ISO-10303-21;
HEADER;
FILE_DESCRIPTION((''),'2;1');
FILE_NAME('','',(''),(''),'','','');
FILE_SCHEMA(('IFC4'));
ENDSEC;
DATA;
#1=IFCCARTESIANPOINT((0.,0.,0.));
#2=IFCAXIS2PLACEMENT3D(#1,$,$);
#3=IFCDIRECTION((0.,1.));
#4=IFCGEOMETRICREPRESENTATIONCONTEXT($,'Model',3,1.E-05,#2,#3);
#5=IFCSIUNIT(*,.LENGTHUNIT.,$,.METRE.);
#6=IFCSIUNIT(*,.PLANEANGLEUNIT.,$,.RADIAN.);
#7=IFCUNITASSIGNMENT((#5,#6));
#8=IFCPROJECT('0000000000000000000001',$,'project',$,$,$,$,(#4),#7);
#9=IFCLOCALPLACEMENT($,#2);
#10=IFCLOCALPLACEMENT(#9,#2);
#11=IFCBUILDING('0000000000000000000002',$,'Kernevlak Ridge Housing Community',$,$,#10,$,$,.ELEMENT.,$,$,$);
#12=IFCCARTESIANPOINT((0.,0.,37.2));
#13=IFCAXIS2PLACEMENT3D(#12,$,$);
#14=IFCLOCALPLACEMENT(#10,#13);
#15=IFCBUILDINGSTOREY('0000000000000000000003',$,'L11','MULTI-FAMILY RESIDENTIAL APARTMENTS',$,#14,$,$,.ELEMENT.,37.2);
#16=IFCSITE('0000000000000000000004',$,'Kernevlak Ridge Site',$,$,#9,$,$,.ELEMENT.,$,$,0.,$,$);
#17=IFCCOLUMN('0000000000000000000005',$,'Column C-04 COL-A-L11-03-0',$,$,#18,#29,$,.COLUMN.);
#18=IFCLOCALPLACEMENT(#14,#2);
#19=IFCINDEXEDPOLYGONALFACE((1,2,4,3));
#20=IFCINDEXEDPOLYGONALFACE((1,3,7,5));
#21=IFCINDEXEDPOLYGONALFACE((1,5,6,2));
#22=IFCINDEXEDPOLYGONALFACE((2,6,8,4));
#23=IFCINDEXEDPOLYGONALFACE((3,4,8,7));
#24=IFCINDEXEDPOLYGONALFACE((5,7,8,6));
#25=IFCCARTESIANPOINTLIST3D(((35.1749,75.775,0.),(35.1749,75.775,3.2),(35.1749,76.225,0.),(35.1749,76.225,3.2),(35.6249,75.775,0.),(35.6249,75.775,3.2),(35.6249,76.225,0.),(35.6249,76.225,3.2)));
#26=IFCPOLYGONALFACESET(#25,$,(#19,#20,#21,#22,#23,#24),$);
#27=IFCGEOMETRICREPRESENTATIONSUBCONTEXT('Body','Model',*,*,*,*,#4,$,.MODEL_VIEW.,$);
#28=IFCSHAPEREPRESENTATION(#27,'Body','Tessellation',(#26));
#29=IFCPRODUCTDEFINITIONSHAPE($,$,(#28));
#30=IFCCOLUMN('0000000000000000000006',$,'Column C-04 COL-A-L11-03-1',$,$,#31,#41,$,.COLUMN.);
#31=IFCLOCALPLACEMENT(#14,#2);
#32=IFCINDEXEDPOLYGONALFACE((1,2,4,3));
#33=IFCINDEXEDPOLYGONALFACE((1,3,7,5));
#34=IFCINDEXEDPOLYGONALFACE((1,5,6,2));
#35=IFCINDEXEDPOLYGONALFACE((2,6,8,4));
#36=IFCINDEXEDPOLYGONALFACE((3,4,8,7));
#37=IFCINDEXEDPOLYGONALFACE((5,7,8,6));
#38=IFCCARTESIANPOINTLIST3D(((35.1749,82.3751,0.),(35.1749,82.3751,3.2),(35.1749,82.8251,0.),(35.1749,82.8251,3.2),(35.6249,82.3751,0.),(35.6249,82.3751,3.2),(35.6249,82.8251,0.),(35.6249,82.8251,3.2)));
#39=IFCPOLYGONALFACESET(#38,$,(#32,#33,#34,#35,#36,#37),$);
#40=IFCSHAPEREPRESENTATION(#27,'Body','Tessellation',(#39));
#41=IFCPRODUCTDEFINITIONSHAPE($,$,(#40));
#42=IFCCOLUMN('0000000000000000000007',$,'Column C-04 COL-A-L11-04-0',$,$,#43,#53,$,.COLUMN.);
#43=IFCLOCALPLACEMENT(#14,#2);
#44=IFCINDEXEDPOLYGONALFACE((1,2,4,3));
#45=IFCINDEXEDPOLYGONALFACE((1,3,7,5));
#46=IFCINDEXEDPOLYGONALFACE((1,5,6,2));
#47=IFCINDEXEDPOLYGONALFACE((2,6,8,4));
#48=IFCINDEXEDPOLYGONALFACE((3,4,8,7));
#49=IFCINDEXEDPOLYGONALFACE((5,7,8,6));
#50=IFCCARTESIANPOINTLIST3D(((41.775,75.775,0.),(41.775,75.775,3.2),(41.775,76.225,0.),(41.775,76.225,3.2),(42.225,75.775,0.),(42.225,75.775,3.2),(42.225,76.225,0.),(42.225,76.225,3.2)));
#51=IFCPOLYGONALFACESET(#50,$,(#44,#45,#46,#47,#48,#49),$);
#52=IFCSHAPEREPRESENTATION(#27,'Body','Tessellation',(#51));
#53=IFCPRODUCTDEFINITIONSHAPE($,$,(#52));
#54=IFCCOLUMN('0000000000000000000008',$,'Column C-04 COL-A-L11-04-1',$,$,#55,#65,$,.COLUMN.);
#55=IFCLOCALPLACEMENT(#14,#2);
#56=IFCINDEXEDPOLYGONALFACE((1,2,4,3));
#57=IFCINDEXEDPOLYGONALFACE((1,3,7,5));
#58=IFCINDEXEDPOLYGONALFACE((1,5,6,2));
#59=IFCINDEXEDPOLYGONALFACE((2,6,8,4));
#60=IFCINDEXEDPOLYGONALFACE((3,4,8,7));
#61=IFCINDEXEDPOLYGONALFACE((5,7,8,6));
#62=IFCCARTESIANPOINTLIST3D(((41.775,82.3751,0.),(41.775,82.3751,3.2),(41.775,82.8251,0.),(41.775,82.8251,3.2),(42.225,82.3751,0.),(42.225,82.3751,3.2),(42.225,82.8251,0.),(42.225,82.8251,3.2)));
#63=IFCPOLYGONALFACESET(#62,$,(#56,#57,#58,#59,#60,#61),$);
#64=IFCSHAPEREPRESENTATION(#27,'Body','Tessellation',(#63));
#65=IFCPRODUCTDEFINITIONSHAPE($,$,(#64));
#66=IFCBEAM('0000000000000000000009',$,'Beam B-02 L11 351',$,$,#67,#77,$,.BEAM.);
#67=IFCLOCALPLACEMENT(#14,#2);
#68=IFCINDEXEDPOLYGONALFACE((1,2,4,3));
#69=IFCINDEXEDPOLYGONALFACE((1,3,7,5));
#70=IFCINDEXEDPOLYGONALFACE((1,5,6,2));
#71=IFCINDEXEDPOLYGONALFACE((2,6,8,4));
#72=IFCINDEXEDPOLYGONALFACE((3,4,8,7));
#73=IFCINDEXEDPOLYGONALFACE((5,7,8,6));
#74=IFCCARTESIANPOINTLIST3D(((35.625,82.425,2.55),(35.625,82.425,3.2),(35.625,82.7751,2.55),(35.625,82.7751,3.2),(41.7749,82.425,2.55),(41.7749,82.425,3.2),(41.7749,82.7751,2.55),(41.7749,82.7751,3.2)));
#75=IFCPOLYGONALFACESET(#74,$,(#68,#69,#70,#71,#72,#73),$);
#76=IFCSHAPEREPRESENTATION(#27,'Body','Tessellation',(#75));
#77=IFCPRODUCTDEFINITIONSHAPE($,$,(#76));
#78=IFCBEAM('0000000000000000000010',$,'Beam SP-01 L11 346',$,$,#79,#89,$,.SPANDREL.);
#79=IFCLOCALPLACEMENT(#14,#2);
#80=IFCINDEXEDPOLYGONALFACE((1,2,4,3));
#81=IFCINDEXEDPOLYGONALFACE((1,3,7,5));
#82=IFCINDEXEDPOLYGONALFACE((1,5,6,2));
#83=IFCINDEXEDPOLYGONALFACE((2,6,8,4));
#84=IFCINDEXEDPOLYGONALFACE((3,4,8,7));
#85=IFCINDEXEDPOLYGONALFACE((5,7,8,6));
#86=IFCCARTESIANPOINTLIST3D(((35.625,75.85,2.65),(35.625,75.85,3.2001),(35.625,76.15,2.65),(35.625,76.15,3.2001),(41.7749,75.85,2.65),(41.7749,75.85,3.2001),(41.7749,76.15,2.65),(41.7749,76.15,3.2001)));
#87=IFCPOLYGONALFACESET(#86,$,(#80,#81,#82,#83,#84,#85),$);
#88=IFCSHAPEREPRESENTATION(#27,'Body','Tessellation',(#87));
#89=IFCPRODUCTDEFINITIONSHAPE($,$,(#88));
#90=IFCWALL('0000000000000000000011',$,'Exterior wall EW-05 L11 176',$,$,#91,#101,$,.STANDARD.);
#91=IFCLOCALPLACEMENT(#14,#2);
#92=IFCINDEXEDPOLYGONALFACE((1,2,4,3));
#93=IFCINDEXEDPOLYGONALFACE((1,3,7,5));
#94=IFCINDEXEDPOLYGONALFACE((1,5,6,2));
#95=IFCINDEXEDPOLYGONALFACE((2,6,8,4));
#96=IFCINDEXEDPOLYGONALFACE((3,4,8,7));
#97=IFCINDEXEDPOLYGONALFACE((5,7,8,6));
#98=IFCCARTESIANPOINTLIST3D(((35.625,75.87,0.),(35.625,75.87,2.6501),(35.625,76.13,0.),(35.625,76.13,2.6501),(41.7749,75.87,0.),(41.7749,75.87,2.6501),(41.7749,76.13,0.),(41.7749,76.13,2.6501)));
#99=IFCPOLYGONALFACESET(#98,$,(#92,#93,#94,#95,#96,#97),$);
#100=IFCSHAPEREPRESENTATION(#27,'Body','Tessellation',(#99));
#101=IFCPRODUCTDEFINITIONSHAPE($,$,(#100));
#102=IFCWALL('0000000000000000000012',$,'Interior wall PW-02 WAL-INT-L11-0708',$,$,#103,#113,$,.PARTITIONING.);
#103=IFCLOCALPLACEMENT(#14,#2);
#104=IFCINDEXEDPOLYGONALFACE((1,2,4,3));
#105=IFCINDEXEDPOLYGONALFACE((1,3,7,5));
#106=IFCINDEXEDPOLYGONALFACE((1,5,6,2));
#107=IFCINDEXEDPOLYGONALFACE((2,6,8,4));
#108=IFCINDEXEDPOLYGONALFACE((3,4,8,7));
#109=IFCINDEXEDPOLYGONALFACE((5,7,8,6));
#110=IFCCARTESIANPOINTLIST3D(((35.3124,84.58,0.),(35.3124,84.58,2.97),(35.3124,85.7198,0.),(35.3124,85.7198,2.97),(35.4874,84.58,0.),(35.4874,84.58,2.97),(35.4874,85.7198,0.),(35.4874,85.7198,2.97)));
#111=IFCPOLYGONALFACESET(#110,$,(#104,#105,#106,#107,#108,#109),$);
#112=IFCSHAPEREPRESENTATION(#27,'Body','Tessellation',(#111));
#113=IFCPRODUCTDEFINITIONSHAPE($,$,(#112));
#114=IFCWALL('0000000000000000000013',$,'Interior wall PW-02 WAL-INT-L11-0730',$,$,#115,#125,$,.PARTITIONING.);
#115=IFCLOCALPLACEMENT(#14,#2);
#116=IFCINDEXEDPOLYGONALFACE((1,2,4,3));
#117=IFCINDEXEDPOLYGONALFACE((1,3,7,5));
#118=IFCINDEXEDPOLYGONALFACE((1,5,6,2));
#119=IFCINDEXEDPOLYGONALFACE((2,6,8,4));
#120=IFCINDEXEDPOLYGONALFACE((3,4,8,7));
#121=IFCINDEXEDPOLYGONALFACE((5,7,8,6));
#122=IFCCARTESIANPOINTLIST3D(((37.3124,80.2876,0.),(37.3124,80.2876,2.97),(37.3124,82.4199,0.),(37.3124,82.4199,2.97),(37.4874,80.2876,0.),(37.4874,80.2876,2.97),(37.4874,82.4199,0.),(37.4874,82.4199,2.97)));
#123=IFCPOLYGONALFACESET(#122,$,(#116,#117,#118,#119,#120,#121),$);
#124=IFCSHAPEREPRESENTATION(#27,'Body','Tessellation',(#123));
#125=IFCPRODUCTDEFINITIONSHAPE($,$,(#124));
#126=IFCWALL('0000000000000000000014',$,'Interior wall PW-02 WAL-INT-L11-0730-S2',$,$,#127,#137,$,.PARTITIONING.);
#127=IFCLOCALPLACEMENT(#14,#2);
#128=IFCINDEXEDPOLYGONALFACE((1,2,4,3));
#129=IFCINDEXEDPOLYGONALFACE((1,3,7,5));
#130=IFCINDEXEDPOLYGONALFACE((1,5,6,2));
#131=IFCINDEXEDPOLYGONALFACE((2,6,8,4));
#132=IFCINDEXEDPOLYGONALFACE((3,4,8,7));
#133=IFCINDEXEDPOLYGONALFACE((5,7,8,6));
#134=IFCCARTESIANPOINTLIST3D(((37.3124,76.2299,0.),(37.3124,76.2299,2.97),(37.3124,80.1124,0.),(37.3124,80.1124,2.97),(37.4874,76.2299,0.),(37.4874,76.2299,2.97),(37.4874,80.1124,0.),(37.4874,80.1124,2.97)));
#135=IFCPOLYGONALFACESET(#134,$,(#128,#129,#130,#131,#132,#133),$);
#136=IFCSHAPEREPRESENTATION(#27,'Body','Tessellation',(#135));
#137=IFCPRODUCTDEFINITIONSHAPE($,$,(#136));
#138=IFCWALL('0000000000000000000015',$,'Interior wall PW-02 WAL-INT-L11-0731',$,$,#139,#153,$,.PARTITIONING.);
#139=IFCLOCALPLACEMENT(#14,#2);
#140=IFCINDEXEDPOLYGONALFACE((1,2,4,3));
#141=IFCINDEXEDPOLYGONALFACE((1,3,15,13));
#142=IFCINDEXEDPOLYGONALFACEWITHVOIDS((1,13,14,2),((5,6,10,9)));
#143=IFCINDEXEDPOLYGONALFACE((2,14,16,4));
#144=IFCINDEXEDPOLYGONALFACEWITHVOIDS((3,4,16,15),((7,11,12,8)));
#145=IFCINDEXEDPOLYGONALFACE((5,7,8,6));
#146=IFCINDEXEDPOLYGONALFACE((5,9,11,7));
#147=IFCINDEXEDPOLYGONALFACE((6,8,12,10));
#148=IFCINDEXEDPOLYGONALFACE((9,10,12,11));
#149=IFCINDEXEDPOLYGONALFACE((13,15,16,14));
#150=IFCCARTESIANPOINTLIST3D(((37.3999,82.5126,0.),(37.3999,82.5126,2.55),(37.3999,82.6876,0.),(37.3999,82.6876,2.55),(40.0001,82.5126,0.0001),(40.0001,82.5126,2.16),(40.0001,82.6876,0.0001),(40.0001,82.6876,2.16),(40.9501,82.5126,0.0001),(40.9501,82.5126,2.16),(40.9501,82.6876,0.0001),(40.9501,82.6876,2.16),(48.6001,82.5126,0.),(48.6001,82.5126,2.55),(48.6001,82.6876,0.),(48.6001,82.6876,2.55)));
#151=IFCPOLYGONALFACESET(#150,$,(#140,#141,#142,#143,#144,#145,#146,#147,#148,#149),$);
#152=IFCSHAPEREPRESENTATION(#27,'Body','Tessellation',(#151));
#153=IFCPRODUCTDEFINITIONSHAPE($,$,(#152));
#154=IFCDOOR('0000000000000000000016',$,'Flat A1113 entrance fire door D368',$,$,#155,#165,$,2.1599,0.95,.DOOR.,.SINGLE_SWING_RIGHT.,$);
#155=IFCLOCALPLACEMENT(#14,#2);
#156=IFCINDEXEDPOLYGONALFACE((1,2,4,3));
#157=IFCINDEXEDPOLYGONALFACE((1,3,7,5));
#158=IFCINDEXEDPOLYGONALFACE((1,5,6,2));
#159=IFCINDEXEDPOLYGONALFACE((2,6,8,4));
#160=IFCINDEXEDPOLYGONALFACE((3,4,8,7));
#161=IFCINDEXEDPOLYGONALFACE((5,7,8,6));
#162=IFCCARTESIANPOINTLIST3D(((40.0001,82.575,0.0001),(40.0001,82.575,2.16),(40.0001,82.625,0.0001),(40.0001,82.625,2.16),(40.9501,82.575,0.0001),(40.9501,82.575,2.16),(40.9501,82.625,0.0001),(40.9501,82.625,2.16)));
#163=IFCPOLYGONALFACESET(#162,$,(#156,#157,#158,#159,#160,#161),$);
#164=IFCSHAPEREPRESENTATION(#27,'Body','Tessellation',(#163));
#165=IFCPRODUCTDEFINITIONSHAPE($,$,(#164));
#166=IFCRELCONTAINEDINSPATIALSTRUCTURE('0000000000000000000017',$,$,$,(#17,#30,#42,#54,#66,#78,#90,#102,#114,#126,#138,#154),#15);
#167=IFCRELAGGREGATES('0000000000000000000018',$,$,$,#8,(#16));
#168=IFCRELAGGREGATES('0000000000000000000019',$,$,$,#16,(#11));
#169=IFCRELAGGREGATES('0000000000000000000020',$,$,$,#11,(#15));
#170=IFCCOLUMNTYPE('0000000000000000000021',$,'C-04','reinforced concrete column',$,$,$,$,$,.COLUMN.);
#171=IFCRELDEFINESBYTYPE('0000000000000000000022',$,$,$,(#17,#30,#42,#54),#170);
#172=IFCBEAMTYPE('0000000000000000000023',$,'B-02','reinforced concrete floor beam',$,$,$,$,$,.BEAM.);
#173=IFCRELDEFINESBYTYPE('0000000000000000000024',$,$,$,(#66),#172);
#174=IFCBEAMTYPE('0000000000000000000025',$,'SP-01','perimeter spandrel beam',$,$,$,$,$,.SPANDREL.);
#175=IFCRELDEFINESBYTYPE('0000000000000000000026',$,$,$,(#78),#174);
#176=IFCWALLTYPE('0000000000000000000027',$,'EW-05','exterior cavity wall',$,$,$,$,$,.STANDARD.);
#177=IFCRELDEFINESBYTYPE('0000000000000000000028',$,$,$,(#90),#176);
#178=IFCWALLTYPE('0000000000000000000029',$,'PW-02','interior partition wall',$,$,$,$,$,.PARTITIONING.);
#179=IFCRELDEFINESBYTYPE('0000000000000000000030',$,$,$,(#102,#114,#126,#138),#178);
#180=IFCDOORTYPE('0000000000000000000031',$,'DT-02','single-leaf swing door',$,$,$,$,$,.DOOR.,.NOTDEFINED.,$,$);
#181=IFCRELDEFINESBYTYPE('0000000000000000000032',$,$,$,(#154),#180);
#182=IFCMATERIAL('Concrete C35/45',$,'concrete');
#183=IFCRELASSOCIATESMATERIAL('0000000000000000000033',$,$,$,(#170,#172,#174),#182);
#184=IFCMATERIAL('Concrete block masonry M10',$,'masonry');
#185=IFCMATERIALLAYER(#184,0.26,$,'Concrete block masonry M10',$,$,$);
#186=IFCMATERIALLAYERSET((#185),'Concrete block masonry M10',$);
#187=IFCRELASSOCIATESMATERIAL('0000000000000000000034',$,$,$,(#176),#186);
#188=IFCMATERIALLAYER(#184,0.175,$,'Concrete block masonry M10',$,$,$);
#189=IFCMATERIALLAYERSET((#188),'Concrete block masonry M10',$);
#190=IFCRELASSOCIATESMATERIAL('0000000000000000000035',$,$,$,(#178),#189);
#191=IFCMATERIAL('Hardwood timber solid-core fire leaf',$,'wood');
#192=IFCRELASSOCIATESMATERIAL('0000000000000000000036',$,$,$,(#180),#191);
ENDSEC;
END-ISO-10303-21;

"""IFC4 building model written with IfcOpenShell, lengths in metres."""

from ifc_helpers import new_model, si_unit, direction, frame, frame_2d, origin, origin_2d, place, context, subcontext, project, spatial, rectangle, extrude, material, layer, layer_set, material_profile, profile_set, type_object, element, fill, save


model = new_model("IFC4")

# Units and contexts
model_context = context("Model", 3, precision=1e-05, world=origin(), true_north=direction((0.0, 1.0)))
body_context = subcontext(model_context, "Body", "Model", "MODEL_VIEW")
ifc_project = project(units=[si_unit("LENGTHUNIT", "METRE"), si_unit("PLANEANGLEUNIT", "RADIAN")], contexts=[model_context])

# Site, building, storey
site_placement = place(None, origin())
site = spatial("IfcSite", under=ifc_project, at=site_placement, Name="Kernevlak Ridge Site", CompositionType="ELEMENT", RefElevation=0.0)
building_placement = place(site_placement, origin())
building = spatial("IfcBuilding", under=site, at=building_placement, Name="Kernevlak Ridge Housing Community", CompositionType="ELEMENT")
storey_placement = place(building_placement, frame((0.0, 0.0, 37.2)))
storey = spatial("IfcBuildingStorey", under=building, at=storey_placement, Name="L11", Description="MULTI-FAMILY RESIDENTIAL APARTMENTS", CompositionType="ELEMENT", Elevation=37.2)

# Columns
ifc_material_1 = material(Name="Concrete C35/45", Category="concrete")
ifc_material_profile_1 = material_profile(ifc_material_1, rectangle(XDim=0.45, YDim=0.45, at=origin_2d()), Name="RC 450x450")
ifc_profile_set_1 = profile_set([ifc_material_profile_1], Name="Concrete C35/45")
column_type = type_object("IfcColumnType", Name="C-04", Description="reinforced concrete column", PredefinedType="COLUMN", material=ifc_profile_set_1)
for number, where, z_axis, x_axis, name in (
    (1, (35.3999, 76.0, 0.0), (0.0, 0.0, 1.0), (1.0, 0.0, 0.0), "Column C-04 COL-A-L11-03-0"),
    (2, (35.3999, 82.6001, 0.0), (0.0, 0.0, 1.0), (1.0, 0.0, 0.0), "Column C-04 COL-A-L11-03-1"),
    (3, (42.0, 76.0, 0.0), (0.0, 0.0, 1.0), (1.0, 0.0, 0.0), "Column C-04 COL-A-L11-04-0"),
    (4, (42.0, 82.6001, 0.0), (0.0, 0.0, 1.0), (1.0, 0.0, 0.0), "Column C-04 COL-A-L11-04-1"),
):
    element("IfcColumn", number, at=place(storey_placement, frame(where, z_axis=z_axis, x_axis=x_axis)), inside=storey, type_object=column_type, Name=name, PredefinedType="COLUMN", context=body_context, shape_type="SweptSolid", body=[
        extrude(rectangle(XDim=0.45, YDim=0.45, at=origin_2d()), origin(), (0.0, 0.0, 1.0), 3.2),
    ])

# Beams
ifc_material_profile_2 = material_profile(ifc_material_1, rectangle(XDim=0.3501, YDim=0.6499, at=origin_2d()), Name="RC 350x650")
ifc_profile_set_2 = profile_set([ifc_material_profile_2], Name="Concrete C35/45")
beam_type_1 = type_object("IfcBeamType", Name="B-02", Description="reinforced concrete floor beam", PredefinedType="BEAM", material=ifc_profile_set_2)
beam_1_placement = place(storey_placement, frame((35.625, 82.6001, 2.875), z_axis=(1.0, 0.0, 0.0), x_axis=(0.0, 1.0, 0.0)))
element("IfcBeam", 5, at=beam_1_placement, inside=storey, type_object=beam_type_1, Name="Beam B-02 L11 351", PredefinedType="BEAM", context=body_context, shape_type="SweptSolid", body=[
    extrude(rectangle(XDim=0.3501, YDim=0.6499, at=origin_2d()), origin(), (0.0, 0.0, 1.0), 6.1499),
])
ifc_material_profile_3 = material_profile(ifc_material_1, rectangle(XDim=0.3, YDim=0.55, at=origin_2d()), Name="RC 300x550")
ifc_profile_set_3 = profile_set([ifc_material_profile_3], Name="Concrete C35/45")
beam_type_2 = type_object("IfcBeamType", Name="SP-01", Description="perimeter spandrel beam", PredefinedType="SPANDREL", material=ifc_profile_set_3)
beam_2_placement = place(storey_placement, frame((35.625, 76.0, 2.925), z_axis=(1.0, 0.0, 0.0), x_axis=(0.0, 1.0, 0.0)))
element("IfcBeam", 6, at=beam_2_placement, inside=storey, type_object=beam_type_2, Name="Beam SP-01 L11 346", PredefinedType="SPANDREL", context=body_context, shape_type="SweptSolid", body=[
    extrude(rectangle(XDim=0.3, YDim=0.55, at=origin_2d()), origin(), (0.0, 0.0, 1.0), 6.1499),
])

# Walls
ifc_material_2 = material(Name="Concrete block masonry M10", Category="masonry")
ifc_layer_1 = layer(ifc_material_2, 0.26, Name="Concrete block masonry M10")
ifc_layer_set_1 = layer_set([ifc_layer_1], Name="Concrete block masonry M10")
wall_type_1 = type_object("IfcWallType", Name="EW-05", Description="exterior cavity wall", PredefinedType="STANDARD", material=ifc_layer_set_1)
wall_1_placement = place(storey_placement, frame((35.625, 76.0, 0.0), z_axis=(0.0, 0.0, 1.0), x_axis=(1.0, 0.0, 0.0)))
element("IfcWall", 7, at=wall_1_placement, inside=storey, type_object=wall_type_1, Name="Exterior wall EW-05 L11 176", PredefinedType="STANDARD", context=body_context, shape_type="SweptSolid", body=[
    extrude(rectangle(XDim=6.1499, YDim=0.26, at=frame_2d((3.075, 0.0))), origin(), (0.0, 0.0, 1.0), 2.6501),
])
ifc_layer_2 = layer(ifc_material_2, 0.175, Name="Concrete block masonry M10")
ifc_layer_set_2 = layer_set([ifc_layer_2], Name="Concrete block masonry M10")
wall_type_2 = type_object("IfcWallType", Name="PW-02", Description="interior partition wall", PredefinedType="PARTITIONING", material=ifc_layer_set_2)
wall_2_placement = place(storey_placement, frame((35.3999, 84.5801, 0.0), z_axis=(0.0, 0.0, 1.0), x_axis=(0.0, 1.0, 0.0)))
element("IfcWall", 8, at=wall_2_placement, inside=storey, type_object=wall_type_2, Name="Interior wall PW-02 WAL-INT-L11-0708", PredefinedType="PARTITIONING", context=body_context, shape_type="SweptSolid", body=[
    extrude(rectangle(XDim=1.1399, YDim=0.175, at=frame_2d((0.5698, 0.0))), origin(), (0.0, 0.0, 1.0), 2.97),
])
wall_3_placement = place(storey_placement, frame((37.3999, 82.4199, 0.0), z_axis=(0.0, 0.0, 1.0), x_axis=(0.0, -1.0, 0.0)))
element("IfcWall", 9, at=wall_3_placement, inside=storey, type_object=wall_type_2, Name="Interior wall PW-02 WAL-INT-L11-0730", PredefinedType="PARTITIONING", context=body_context, shape_type="SweptSolid", body=[
    extrude(rectangle(XDim=2.1323, YDim=0.175, at=frame_2d((1.0662, 0.0))), origin(), (0.0, 0.0, 1.0), 2.97),
])
wall_4_placement = place(storey_placement, frame((37.3999, 80.1125, 0.0), z_axis=(0.0, 0.0, 1.0), x_axis=(0.0, -1.0, 0.0)))
element("IfcWall", 10, at=wall_4_placement, inside=storey, type_object=wall_type_2, Name="Interior wall PW-02 WAL-INT-L11-0730-S2", PredefinedType="PARTITIONING", context=body_context, shape_type="SweptSolid", body=[
    extrude(rectangle(XDim=3.8826, YDim=0.175, at=frame_2d((1.9414, 0.0))), origin(), (0.0, 0.0, 1.0), 2.97),
])

# Wall, opening, door
wall_5_placement = place(storey_placement, frame((37.3999, 82.6001, 0.0), z_axis=(0.0, 0.0, 1.0), x_axis=(1.0, 0.0, 0.0)))
wall_5 = element("IfcWall", 11, at=wall_5_placement, inside=storey, type_object=wall_type_2, Name="Interior wall PW-02 WAL-INT-L11-0731", PredefinedType="PARTITIONING", context=body_context, shape_type="SweptSolid", body=[
    extrude(rectangle(XDim=11.2002, YDim=0.175, at=frame_2d((5.6001, 0.0))), origin(), (0.0, 0.0, 1.0), 2.55),
])
opening_1_placement = place(wall_5_placement, frame((2.6001, 0.0, 0.0)))
opening_1 = element("IfcOpeningElement", 12, at=opening_1_placement, cuts=wall_5, PredefinedType="OPENING", context=body_context, shape_type="SweptSolid", body=[
    extrude(rectangle(XDim=0.95, YDim=2.1599, at=frame_2d((0.4751, 1.0801))), frame((0.0, 0.0974, 0.0), z_axis=(0.0, -1.0, 0.0), x_axis=(1.0, 0.0, 0.0)), (0.0, 0.0, 1.0), 0.1951),
])
ifc_material_3 = material(Name="Hardwood timber solid-core fire leaf", Category="wood")
door_type_1 = type_object("IfcDoorType", Name="DT-02", Description="single-leaf swing door", OperationType="NOTDEFINED", PredefinedType="DOOR", material=ifc_material_3)
door_1_placement = place(opening_1_placement, origin())
door_1 = element("IfcDoor", 13, at=door_1_placement, inside=storey, type_object=door_type_1, Name="Flat A1113 entrance fire door D368", OperationType="SINGLE_SWING_RIGHT", OverallHeight=2.1599, OverallWidth=0.95, PredefinedType="DOOR", context=body_context, shape_type="SweptSolid", body=[
    extrude(rectangle(XDim=0.95, YDim=2.1599, at=frame_2d((0.4751, 1.0801))), frame((0.0, 0.0249, 0.0), z_axis=(0.0, -1.0, 0.0), x_axis=(1.0, 0.0, 0.0)), (0.0, 0.0, 1.0), 0.05),
])
fill(opening_1, door_1)

save(model, "model.ifc")
